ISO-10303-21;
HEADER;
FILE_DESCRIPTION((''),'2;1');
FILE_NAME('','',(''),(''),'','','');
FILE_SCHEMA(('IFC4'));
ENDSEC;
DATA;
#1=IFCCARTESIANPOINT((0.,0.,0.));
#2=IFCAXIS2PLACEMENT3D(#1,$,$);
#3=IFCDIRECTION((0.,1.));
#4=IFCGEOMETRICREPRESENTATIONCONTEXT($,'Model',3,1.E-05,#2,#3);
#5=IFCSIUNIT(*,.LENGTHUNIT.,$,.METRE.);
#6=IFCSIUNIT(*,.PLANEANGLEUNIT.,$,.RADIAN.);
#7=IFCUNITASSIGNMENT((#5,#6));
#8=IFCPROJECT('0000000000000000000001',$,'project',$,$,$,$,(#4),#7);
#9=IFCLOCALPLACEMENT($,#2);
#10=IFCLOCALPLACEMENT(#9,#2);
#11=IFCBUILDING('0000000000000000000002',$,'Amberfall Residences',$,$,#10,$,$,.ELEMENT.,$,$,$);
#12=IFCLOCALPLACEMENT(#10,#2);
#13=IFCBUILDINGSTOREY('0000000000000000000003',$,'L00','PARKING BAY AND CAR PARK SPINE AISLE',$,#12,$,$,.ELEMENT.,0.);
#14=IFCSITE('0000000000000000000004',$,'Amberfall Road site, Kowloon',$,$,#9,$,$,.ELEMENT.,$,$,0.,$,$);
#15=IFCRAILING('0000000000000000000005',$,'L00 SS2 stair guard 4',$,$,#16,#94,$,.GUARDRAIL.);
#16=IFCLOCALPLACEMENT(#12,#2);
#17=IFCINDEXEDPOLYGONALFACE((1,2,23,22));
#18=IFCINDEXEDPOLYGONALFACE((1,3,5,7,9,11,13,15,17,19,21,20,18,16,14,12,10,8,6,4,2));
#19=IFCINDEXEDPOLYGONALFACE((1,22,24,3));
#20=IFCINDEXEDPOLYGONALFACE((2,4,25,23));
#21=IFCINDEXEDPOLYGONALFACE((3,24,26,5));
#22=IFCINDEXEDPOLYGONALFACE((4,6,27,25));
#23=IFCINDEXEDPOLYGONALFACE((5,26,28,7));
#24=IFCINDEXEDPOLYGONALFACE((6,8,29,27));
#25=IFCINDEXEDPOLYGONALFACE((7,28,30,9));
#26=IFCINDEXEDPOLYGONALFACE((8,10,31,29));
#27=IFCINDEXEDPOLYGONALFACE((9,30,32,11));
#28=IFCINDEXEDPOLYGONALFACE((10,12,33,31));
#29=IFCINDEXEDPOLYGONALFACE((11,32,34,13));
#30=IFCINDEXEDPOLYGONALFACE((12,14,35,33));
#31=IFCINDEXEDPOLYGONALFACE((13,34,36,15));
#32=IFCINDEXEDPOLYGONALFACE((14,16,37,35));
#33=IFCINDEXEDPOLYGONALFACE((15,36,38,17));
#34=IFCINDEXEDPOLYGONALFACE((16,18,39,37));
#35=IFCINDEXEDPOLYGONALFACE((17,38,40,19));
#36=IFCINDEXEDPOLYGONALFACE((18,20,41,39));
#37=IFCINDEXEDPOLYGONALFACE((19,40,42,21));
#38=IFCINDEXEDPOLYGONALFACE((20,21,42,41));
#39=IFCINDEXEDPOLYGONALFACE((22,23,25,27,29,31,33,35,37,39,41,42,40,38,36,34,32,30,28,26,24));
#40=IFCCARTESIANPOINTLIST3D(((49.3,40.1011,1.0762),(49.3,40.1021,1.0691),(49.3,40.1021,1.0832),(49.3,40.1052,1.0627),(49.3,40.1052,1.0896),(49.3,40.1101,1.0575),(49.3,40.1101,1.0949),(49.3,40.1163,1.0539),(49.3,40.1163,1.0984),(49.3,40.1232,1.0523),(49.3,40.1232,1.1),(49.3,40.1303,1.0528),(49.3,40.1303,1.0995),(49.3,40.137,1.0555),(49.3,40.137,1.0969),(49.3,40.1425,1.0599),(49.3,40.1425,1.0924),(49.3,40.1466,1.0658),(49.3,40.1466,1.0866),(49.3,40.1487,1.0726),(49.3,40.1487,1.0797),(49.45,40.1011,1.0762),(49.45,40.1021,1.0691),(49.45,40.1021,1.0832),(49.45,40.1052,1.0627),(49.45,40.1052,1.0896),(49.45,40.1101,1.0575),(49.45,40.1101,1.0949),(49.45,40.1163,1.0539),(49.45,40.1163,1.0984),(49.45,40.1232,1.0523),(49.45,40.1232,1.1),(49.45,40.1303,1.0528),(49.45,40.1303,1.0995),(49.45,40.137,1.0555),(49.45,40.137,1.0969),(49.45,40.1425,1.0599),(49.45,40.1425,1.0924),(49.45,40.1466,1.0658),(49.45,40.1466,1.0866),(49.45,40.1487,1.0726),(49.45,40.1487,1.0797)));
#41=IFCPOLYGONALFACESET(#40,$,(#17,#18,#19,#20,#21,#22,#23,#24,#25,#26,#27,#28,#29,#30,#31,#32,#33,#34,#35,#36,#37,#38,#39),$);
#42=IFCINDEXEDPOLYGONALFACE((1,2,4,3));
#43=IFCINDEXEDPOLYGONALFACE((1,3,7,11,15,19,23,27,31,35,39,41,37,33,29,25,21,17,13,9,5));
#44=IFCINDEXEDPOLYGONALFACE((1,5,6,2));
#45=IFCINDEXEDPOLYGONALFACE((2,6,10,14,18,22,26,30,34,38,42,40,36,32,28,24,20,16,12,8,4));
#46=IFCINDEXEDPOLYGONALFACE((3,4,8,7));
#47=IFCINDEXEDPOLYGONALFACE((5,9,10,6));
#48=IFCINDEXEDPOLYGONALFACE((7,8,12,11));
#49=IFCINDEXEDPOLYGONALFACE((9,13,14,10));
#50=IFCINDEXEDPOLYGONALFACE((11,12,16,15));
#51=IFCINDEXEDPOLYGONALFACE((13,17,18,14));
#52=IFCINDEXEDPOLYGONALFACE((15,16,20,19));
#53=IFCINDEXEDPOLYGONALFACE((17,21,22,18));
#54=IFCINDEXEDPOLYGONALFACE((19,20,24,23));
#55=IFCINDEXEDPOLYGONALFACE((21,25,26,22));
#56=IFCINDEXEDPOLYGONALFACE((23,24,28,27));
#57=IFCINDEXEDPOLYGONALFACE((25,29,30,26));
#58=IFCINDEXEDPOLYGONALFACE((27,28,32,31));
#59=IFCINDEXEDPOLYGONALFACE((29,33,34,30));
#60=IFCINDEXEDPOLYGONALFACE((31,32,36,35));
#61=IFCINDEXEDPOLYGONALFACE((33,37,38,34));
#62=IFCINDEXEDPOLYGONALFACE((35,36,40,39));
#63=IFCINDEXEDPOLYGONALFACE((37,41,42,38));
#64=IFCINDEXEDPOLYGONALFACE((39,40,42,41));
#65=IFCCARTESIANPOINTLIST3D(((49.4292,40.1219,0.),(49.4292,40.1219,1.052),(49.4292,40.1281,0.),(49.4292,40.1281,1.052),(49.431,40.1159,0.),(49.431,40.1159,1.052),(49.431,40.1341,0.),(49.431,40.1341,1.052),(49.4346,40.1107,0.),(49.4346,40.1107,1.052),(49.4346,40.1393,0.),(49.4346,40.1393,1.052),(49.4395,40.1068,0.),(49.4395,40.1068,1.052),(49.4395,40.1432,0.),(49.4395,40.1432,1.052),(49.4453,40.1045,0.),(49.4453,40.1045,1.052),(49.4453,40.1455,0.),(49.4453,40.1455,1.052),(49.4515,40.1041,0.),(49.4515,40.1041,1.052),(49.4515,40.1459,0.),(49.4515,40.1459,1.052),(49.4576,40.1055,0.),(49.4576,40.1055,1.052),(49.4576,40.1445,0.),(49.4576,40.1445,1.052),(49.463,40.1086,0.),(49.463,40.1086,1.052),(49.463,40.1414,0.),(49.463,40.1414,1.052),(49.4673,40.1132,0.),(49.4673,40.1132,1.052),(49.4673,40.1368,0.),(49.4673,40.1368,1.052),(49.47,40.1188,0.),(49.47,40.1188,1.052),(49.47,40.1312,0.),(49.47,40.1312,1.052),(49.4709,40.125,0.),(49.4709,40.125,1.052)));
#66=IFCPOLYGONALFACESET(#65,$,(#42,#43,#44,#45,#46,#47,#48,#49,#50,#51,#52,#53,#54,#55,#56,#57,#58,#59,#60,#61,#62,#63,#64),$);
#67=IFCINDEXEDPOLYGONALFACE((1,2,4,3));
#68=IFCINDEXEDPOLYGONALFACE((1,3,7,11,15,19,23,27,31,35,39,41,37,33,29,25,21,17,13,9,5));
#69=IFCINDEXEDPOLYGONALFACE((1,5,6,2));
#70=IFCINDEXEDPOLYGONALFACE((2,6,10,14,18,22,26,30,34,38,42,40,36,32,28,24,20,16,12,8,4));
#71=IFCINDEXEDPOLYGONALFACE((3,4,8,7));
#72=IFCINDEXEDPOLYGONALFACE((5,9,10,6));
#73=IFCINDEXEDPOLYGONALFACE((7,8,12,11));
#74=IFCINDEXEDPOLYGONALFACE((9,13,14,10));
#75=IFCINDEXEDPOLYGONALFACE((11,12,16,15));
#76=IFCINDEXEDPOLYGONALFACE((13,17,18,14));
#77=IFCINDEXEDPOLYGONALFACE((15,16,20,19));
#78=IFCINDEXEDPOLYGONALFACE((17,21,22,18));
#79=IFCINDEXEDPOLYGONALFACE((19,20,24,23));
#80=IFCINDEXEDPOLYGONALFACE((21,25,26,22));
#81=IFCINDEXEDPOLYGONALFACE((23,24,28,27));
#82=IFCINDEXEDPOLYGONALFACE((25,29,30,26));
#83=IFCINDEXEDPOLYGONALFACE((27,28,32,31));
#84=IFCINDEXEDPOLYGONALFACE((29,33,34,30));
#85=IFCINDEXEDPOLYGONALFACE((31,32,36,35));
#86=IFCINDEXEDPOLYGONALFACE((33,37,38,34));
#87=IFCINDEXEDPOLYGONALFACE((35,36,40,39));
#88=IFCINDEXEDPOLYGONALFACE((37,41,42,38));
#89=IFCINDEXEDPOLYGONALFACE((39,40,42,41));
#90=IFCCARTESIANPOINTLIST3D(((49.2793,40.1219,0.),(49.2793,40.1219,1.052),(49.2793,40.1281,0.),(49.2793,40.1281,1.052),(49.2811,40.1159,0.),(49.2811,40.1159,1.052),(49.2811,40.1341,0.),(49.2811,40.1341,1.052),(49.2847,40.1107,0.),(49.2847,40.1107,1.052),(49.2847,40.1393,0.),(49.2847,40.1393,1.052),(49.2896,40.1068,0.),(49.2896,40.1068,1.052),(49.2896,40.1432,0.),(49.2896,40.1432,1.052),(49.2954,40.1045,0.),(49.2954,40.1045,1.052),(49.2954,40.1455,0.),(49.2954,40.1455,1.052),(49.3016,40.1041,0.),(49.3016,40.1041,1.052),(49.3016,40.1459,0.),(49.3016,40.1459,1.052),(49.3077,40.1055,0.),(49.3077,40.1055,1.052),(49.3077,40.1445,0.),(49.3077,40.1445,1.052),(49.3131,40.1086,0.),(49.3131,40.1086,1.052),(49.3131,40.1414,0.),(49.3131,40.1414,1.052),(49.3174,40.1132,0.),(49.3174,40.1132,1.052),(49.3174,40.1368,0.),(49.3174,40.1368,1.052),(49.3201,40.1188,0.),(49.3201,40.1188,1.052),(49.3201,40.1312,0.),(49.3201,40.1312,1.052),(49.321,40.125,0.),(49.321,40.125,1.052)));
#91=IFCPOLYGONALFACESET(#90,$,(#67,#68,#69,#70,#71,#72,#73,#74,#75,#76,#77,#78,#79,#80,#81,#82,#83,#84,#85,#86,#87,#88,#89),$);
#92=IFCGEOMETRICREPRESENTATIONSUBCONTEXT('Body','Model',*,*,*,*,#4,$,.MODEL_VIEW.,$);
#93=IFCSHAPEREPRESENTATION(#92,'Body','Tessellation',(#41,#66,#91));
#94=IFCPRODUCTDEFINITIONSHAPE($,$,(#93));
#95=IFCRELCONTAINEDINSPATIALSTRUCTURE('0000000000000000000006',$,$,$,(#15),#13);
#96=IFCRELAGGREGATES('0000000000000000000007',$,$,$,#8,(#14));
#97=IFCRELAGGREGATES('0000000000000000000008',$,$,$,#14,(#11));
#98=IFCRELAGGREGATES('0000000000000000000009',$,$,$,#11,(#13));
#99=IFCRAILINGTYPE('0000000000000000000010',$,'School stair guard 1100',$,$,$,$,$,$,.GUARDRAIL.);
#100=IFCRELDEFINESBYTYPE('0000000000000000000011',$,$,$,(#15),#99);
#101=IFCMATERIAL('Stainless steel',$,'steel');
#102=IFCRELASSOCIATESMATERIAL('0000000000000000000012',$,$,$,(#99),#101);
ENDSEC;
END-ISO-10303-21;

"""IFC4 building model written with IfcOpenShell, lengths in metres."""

from ifc_helpers import new_model, si_unit, direction, frame, origin, origin_2d, place, context, subcontext, project, spatial, circle, extrude, material, type_object, element, save


model = new_model("IFC4")

# Units and contexts
model_context = context("Model", 3, precision=1e-05, world=origin(), true_north=direction((0.0, 1.0)))
body_context = subcontext(model_context, "Body", "Model", "MODEL_VIEW")
ifc_project = project(units=[si_unit("LENGTHUNIT", "METRE"), si_unit("PLANEANGLEUNIT", "RADIAN")], contexts=[model_context])

# Site, building, storey
site_placement = place(None, origin())
site = spatial("IfcSite", under=ifc_project, at=site_placement, Name="Amberfall Road site, Kowloon", CompositionType="ELEMENT", RefElevation=0.0)
building_placement = place(site_placement, origin())
building = spatial("IfcBuilding", under=site, at=building_placement, Name="Amberfall Residences", CompositionType="ELEMENT")
storey_placement = place(building_placement, origin())
storey = spatial("IfcBuildingStorey", under=building, at=storey_placement, Name="L00", Description="PARKING BAY AND CAR PARK SPINE AISLE", CompositionType="ELEMENT", Elevation=0.0)

# Railing
ifc_material_1 = material(Name="Stainless steel", Category="steel")
railing_type_1 = type_object("IfcRailingType", Name="School stair guard 1100", PredefinedType="GUARDRAIL", material=ifc_material_1)
railing_1_placement = place(storey_placement, frame((49.45, 40.125, 0.0)))
element("IfcRailing", 1, at=railing_1_placement, inside=storey, type_object=railing_type_1, Name="L00 SS2 stair guard 4", PredefinedType="GUARDRAIL", context=body_context, shape_type="SweptSolid", body=[
    extrude(circle(Radius=0.0239, at=origin_2d()), frame((0.0, 0.0, 1.0762), z_axis=(-1.0, 0.0, 0.0), x_axis=(0.0, -1.0, 0.0)), (0.0, 0.0, 1.0), 0.1499),
    extrude(circle(Radius=0.021, at=origin_2d()), origin(), (0.0, 0.0, 1.0), 1.052),
    extrude(circle(Radius=0.021, at=origin_2d()), frame((-0.1499, 0.0, 0.0)), (0.0, 0.0, 1.0), 1.052),
])

save(model, "model.ifc")
